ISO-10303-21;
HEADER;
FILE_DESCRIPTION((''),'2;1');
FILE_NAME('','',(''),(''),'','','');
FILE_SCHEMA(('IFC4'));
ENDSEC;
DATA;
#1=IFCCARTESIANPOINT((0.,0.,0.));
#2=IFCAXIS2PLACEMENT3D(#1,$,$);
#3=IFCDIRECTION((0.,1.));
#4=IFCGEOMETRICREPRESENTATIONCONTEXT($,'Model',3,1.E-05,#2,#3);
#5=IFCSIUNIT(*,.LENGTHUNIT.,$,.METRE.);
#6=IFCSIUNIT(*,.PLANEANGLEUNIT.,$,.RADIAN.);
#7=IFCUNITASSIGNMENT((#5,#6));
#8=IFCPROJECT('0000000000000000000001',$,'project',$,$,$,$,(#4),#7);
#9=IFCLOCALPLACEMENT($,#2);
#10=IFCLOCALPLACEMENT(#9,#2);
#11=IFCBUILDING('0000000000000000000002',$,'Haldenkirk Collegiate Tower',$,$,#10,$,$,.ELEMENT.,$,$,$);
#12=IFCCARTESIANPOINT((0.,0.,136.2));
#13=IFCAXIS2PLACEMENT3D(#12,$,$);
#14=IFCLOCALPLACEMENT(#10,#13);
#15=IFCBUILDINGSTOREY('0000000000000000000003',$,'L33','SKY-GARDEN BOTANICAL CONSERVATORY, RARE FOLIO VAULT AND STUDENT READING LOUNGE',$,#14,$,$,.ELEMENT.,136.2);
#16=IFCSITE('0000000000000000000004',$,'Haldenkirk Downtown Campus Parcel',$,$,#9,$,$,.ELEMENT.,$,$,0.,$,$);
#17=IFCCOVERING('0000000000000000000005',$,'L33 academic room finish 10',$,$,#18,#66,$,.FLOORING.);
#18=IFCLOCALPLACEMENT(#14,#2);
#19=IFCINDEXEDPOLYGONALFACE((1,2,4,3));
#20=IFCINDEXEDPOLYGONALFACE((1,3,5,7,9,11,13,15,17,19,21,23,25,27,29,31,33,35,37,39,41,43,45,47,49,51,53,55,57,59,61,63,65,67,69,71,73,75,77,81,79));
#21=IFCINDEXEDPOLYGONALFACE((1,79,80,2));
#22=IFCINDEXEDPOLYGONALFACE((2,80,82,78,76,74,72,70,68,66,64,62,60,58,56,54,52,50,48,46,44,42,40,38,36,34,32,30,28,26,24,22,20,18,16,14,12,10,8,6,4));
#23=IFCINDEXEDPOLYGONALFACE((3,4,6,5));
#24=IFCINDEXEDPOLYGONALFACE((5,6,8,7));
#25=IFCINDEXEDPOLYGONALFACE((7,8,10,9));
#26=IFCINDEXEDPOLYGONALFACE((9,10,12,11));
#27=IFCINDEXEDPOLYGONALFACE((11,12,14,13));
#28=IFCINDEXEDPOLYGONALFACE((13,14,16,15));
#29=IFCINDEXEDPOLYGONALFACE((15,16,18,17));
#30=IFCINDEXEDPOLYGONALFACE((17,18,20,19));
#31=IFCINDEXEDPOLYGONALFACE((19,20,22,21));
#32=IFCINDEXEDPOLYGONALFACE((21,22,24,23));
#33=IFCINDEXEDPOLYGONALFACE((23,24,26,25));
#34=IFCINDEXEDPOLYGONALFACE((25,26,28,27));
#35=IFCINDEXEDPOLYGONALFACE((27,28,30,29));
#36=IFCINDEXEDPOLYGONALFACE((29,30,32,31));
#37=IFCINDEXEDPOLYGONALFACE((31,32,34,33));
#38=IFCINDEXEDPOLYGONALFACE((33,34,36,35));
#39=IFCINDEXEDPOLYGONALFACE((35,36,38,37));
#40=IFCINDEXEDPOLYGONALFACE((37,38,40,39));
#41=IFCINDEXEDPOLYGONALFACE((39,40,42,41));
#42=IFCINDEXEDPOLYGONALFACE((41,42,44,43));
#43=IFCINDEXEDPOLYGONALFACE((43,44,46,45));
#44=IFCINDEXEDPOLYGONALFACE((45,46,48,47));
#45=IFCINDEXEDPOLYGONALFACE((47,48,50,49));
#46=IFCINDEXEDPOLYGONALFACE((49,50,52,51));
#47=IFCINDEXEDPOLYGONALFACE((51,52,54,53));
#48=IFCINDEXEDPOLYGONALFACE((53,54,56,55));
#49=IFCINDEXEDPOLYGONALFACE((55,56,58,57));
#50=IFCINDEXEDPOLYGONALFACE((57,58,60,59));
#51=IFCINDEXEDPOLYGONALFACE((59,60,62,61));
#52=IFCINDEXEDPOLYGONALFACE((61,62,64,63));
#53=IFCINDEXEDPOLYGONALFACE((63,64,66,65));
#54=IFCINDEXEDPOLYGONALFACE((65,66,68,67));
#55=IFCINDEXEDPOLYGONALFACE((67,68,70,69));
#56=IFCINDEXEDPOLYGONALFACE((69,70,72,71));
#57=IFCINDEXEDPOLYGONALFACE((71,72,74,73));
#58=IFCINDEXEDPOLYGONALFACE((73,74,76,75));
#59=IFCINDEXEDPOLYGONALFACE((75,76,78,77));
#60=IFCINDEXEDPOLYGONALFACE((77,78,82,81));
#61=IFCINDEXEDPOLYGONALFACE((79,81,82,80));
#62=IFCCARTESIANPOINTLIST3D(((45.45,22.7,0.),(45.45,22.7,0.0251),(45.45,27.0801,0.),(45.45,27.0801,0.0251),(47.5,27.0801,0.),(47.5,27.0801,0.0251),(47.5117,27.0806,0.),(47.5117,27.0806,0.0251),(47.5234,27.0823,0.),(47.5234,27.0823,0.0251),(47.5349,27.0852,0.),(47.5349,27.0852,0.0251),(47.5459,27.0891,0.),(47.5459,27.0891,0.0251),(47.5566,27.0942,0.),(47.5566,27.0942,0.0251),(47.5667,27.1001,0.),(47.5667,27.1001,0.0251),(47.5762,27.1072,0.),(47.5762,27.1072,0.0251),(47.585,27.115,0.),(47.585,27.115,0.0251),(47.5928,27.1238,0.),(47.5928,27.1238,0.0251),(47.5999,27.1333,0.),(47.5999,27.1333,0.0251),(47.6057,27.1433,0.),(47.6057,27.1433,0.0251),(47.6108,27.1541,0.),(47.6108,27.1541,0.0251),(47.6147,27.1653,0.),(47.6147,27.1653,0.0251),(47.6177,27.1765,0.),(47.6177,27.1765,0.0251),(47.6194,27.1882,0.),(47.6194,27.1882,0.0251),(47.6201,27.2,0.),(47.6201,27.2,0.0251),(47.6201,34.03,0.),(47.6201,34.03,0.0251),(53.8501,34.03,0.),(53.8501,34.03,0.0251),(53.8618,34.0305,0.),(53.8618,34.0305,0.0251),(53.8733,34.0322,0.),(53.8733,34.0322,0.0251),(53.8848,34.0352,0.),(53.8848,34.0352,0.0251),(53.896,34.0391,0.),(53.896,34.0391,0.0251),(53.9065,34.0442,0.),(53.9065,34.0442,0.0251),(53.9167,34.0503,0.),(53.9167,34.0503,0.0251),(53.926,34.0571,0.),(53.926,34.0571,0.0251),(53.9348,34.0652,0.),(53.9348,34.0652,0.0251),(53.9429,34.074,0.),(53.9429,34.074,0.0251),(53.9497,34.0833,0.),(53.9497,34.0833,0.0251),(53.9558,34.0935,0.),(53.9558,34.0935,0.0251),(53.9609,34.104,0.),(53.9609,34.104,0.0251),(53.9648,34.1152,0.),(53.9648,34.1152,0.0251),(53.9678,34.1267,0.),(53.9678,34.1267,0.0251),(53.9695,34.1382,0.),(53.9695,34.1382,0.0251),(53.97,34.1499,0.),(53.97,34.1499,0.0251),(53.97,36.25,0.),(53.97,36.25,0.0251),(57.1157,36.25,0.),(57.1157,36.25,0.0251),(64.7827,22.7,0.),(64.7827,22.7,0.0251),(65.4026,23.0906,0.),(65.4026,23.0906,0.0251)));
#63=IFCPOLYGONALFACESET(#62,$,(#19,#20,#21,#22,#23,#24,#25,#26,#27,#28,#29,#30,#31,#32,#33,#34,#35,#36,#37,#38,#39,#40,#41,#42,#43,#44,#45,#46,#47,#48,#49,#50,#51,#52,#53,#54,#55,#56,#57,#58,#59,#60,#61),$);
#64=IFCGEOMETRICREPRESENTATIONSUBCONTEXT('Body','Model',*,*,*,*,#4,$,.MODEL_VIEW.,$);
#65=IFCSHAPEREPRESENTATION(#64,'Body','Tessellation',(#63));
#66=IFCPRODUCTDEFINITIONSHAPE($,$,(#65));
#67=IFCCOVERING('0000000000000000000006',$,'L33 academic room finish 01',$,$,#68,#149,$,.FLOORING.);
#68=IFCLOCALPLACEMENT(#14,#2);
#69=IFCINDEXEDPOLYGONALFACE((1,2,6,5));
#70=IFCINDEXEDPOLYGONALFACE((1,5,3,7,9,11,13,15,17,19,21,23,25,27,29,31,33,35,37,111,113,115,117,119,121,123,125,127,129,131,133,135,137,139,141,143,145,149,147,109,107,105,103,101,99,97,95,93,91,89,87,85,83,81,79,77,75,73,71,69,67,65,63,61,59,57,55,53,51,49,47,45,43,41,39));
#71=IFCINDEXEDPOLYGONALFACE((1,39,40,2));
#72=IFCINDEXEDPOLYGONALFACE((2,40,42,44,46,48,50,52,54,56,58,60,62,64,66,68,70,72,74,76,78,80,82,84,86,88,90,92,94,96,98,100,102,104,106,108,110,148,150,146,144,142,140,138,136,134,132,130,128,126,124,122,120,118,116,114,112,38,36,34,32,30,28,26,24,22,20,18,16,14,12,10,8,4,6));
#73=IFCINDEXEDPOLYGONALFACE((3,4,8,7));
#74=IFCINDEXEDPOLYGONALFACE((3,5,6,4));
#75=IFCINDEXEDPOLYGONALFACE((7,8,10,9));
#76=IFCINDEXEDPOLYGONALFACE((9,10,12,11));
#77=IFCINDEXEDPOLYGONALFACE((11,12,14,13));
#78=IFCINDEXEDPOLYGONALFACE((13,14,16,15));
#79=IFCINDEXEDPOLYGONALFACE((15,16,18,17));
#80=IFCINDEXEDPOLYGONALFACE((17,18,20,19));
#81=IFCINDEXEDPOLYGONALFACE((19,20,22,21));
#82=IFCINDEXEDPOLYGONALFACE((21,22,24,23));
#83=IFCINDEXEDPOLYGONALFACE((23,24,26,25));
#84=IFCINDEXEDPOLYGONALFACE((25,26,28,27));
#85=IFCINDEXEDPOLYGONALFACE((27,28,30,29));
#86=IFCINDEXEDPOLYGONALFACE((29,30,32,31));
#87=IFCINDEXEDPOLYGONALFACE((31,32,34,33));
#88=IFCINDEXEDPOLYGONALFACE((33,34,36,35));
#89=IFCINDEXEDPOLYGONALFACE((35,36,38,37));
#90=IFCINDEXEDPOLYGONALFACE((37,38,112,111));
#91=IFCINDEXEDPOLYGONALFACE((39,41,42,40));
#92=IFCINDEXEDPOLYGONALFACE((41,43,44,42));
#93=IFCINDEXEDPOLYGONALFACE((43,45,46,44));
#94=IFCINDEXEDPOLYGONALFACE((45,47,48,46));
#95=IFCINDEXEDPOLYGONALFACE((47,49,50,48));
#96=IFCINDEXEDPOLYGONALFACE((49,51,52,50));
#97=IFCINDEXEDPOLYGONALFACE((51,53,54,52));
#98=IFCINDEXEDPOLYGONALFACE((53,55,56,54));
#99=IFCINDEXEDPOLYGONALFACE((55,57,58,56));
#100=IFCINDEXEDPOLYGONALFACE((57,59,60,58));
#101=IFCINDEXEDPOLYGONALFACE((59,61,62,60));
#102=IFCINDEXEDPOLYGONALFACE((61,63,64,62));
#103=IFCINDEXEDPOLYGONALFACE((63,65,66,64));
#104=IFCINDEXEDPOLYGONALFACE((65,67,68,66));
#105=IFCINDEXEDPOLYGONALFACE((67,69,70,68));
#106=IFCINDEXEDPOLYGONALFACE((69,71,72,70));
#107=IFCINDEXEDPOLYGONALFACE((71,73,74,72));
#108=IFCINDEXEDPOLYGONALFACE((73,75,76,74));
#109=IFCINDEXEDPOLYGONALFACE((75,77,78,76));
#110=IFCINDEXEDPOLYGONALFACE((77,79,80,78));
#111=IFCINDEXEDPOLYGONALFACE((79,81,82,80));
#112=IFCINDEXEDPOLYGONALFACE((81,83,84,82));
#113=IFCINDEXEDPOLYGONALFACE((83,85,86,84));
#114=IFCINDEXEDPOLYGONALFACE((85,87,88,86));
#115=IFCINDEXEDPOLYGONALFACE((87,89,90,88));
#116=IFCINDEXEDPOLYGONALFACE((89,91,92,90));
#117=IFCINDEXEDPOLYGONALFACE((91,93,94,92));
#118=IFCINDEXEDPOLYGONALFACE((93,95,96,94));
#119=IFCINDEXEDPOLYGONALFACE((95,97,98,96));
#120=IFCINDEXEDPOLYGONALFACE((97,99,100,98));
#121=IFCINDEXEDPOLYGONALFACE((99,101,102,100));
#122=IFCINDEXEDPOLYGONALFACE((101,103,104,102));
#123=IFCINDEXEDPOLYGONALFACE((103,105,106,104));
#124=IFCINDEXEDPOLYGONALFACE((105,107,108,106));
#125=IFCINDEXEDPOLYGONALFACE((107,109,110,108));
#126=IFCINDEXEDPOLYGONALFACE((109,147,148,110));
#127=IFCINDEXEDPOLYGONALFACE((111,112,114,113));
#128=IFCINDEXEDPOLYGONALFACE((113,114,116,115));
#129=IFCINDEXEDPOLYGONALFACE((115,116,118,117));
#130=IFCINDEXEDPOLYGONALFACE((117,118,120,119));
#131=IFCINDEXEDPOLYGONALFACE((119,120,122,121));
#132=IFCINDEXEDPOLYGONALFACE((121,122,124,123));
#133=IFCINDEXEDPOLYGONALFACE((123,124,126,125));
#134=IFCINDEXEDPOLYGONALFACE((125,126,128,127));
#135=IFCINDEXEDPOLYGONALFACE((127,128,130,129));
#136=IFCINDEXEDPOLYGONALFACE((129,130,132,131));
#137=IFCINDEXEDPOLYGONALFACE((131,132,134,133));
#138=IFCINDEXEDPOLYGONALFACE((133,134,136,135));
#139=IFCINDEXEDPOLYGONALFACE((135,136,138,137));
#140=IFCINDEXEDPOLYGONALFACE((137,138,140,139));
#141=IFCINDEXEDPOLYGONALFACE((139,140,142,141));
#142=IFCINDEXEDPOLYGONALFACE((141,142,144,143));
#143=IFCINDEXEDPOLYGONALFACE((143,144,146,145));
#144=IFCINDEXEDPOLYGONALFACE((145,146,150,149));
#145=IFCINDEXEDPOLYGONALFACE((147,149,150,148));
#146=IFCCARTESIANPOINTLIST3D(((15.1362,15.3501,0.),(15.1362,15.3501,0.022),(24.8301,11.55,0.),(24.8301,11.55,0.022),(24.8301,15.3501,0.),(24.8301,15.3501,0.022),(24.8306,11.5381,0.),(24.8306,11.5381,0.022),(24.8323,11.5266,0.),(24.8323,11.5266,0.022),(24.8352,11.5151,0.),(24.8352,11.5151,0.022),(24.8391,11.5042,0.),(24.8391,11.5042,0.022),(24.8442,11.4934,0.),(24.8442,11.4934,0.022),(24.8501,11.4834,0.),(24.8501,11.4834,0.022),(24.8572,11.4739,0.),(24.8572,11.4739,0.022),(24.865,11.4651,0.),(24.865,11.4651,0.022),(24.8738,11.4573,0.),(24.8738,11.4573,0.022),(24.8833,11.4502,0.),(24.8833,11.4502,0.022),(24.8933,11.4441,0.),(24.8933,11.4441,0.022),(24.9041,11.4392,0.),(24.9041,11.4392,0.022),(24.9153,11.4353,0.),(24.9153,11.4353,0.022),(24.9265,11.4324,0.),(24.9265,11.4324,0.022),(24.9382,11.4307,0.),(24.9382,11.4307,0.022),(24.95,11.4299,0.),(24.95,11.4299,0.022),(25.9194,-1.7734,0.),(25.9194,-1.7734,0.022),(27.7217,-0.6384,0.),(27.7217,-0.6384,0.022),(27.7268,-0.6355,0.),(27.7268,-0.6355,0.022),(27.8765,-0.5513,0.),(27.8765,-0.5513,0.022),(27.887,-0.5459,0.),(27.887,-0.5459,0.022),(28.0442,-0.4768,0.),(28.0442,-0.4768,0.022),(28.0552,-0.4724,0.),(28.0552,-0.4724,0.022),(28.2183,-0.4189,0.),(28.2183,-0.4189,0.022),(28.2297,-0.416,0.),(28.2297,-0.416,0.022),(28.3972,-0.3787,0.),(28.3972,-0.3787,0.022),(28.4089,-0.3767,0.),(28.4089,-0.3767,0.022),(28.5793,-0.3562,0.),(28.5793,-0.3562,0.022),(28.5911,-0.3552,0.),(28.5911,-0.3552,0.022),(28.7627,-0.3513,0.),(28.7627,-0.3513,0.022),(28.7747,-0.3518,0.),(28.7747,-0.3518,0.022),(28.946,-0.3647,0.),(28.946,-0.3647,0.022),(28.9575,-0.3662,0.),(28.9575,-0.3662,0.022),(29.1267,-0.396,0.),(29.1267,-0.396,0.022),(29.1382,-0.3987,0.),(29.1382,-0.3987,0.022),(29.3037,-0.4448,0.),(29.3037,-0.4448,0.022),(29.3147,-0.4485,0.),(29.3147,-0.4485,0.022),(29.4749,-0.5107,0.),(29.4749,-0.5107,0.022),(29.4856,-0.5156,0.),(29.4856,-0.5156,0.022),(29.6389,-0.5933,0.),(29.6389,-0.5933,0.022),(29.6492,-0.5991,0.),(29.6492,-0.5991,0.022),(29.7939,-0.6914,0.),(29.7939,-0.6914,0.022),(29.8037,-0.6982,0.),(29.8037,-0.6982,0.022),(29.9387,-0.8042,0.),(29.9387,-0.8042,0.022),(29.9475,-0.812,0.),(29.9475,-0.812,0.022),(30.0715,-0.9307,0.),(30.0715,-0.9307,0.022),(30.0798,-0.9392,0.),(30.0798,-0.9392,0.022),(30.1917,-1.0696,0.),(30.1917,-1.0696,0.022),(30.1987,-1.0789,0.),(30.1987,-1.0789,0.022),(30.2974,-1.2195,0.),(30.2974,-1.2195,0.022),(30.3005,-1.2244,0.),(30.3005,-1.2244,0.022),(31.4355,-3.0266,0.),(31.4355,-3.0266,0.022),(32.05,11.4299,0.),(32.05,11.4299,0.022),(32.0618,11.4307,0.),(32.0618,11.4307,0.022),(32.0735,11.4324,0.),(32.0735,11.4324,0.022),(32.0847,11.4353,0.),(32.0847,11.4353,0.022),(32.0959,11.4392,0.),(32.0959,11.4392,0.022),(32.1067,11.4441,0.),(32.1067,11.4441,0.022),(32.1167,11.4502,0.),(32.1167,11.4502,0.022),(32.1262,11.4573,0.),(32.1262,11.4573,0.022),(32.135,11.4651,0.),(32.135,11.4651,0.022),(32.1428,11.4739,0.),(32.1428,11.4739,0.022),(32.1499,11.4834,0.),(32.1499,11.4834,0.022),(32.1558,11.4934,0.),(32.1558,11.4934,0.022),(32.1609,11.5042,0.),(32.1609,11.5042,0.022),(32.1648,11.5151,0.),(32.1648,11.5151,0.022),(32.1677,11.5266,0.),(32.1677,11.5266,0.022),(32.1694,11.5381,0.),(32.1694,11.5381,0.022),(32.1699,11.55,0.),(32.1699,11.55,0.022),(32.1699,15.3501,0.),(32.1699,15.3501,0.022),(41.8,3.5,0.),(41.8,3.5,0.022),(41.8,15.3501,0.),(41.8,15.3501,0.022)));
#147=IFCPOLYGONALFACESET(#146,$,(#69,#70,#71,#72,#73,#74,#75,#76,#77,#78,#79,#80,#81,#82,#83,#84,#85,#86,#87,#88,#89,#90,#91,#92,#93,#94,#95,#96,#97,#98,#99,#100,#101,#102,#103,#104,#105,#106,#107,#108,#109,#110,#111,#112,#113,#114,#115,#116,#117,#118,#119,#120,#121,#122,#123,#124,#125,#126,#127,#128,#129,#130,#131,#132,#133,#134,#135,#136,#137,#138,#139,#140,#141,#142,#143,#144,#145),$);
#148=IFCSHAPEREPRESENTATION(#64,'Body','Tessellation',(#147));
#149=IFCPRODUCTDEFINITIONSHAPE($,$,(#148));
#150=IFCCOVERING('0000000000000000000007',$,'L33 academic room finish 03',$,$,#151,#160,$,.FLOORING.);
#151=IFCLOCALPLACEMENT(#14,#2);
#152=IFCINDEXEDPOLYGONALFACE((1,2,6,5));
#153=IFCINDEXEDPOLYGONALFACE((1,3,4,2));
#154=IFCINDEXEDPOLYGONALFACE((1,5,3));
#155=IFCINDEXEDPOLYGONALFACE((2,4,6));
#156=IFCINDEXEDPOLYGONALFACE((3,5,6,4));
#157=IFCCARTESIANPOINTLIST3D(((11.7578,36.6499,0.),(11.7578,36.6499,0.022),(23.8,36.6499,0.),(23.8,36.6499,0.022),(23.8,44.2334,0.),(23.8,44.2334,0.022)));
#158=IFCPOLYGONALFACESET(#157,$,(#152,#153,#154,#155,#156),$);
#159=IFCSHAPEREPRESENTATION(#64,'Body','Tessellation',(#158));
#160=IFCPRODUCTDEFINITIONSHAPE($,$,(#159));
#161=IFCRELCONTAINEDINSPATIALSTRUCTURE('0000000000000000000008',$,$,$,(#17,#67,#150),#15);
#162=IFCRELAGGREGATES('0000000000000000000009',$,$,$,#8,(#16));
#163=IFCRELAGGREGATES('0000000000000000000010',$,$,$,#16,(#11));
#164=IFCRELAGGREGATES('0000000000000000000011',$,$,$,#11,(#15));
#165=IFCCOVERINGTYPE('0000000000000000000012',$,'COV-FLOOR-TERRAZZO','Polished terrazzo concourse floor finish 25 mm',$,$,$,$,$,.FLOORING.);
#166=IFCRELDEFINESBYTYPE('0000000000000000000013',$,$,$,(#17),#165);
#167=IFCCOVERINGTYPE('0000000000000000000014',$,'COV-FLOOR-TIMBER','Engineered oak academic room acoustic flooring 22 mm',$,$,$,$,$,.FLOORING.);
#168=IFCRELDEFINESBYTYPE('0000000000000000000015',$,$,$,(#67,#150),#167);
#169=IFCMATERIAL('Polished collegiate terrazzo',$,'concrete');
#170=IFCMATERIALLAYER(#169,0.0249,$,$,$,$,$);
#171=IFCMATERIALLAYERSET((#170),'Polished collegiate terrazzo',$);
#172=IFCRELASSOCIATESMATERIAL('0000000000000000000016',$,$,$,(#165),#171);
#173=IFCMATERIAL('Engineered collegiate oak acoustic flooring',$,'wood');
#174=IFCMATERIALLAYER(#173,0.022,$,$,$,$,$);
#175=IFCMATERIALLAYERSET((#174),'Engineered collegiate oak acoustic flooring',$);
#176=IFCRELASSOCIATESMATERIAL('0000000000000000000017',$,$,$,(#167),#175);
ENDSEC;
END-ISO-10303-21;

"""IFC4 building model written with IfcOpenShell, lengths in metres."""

from ifc_helpers import new_model, si_unit, direction, frame, origin, place, context, subcontext, project, spatial, polyline, outline, extrude, material, layer, layer_set, type_object, element, save


model = new_model("IFC4")

# Units and contexts
model_context = context("Model", 3, precision=1e-05, world=origin(), true_north=direction((0.0, 1.0)))
body_context = subcontext(model_context, "Body", "Model", "MODEL_VIEW")
ifc_project = project(units=[si_unit("LENGTHUNIT", "METRE"), si_unit("PLANEANGLEUNIT", "RADIAN")], contexts=[model_context])

# Site, building, storey
site_placement = place(None, origin())
site = spatial("IfcSite", under=ifc_project, at=site_placement, Name="Haldenkirk Downtown Campus Parcel", CompositionType="ELEMENT", RefElevation=0.0)
building_placement = place(site_placement, origin())
building = spatial("IfcBuilding", under=site, at=building_placement, Name="Haldenkirk Collegiate Tower", CompositionType="ELEMENT")
storey_placement = place(building_placement, frame((0.0, 0.0, 136.2)))
storey = spatial("IfcBuildingStorey", under=building, at=storey_placement, Name="L33", Description="SKY-GARDEN BOTANICAL CONSERVATORY, RARE FOLIO VAULT AND STUDENT READING LOUNGE", CompositionType="ELEMENT", Elevation=136.2)

# Coverings
ifc_material_1 = material(Name="Polished collegiate terrazzo", Category="concrete")
ifc_layer_1 = layer(ifc_material_1, 0.0249)
ifc_layer_set_1 = layer_set([ifc_layer_1], Name="Polished collegiate terrazzo")
covering_type_1 = type_object("IfcCoveringType", Name="COV-FLOOR-TERRAZZO", Description="Polished terrazzo concourse floor finish 25 mm", PredefinedType="FLOORING", material=ifc_layer_set_1)
covering_1_placement = place(storey_placement, origin())
element("IfcCovering", 1, at=covering_1_placement, inside=storey, type_object=covering_type_1, Name="L33 academic room finish 10", PredefinedType="FLOORING", context=body_context, shape_type="SweptSolid", body=[
    extrude(outline(polyline([(64.7827, 22.7), (45.45, 22.7), (45.45, 27.0801), (47.5, 27.0801), (47.5117, 27.0806), (47.5234, 27.0823), (47.5349, 27.0852), (47.5459, 27.0891), (47.5566, 27.0942), (47.5667, 27.1001), (47.5762, 27.1072), (47.585, 27.115), (47.5928, 27.1238), (47.5999, 27.1333), (47.6057, 27.1433), (47.6108, 27.1541), (47.6147, 27.1653), (47.6177, 27.1765), (47.6194, 27.1882), (47.6201, 27.2), (47.6201, 34.03), (53.8501, 34.03), (53.8618, 34.0305), (53.8733, 34.0322), (53.8848, 34.0352), (53.896, 34.0391), (53.9065, 34.0442), (53.9167, 34.0503), (53.926, 34.0571), (53.9348, 34.0652), (53.9429, 34.074), (53.9497, 34.0833), (53.9558, 34.0935), (53.9609, 34.104), (53.9648, 34.1152), (53.9678, 34.1267), (53.9695, 34.1382), (53.97, 34.1499), (53.97, 36.25), (57.1157, 36.25), (65.4026, 23.0906), (64.7827, 22.7)])), origin(), (0.0, 0.0, 1.0), 0.0251),
])
ifc_material_2 = material(Name="Engineered collegiate oak acoustic flooring", Category="wood")
ifc_layer_2 = layer(ifc_material_2, 0.022)
ifc_layer_set_2 = layer_set([ifc_layer_2], Name="Engineered collegiate oak acoustic flooring")
covering_type_2 = type_object("IfcCoveringType", Name="COV-FLOOR-TIMBER", Description="Engineered oak academic room acoustic flooring 22 mm", PredefinedType="FLOORING", material=ifc_layer_set_2)
covering_2_placement = place(storey_placement, origin())
element("IfcCovering", 2, at=covering_2_placement, inside=storey, type_object=covering_type_2, Name="L33 academic room finish 01", PredefinedType="FLOORING", context=body_context, shape_type="SweptSolid", body=[
    extrude(outline(polyline([(29.8037, -0.6982), (29.7939, -0.6914), (29.6492, -0.5991), (29.6389, -0.5933), (29.4856, -0.5156), (29.4749, -0.5107), (29.3147, -0.4485), (29.3037, -0.4448), (29.1382, -0.3987), (29.1267, -0.396), (28.9575, -0.3662), (28.946, -0.3647), (28.7747, -0.3518), (28.7627, -0.3513), (28.5911, -0.3552), (28.5793, -0.3562), (28.4089, -0.3767), (28.3972, -0.3787), (28.2297, -0.416), (28.2183, -0.4189), (28.0552, -0.4724), (28.0442, -0.4768), (27.887, -0.5459), (27.8765, -0.5513), (27.7268, -0.6355), (27.7217, -0.6384), (25.9194, -1.7734), (15.1362, 15.3501), (24.8301, 15.3501), (24.8301, 11.55), (24.8306, 11.5381), (24.8323, 11.5266), (24.8352, 11.5151), (24.8391, 11.5042), (24.8442, 11.4934), (24.8501, 11.4834), (24.8572, 11.4739), (24.865, 11.4651), (24.8738, 11.4573), (24.8833, 11.4502), (24.8933, 11.4441), (24.9041, 11.4392), (24.9153, 11.4353), (24.9265, 11.4324), (24.9382, 11.4307), (24.95, 11.4299), (32.05, 11.4299), (32.0618, 11.4307), (32.0735, 11.4324), (32.0847, 11.4353), (32.0959, 11.4392), (32.1067, 11.4441), (32.1167, 11.4502), (32.1262, 11.4573), (32.135, 11.4651), (32.1428, 11.4739), (32.1499, 11.4834), (32.1558, 11.4934), (32.1609, 11.5042), (32.1648, 11.5151), (32.1677, 11.5266), (32.1694, 11.5381), (32.1699, 11.55), (32.1699, 15.3501), (41.8, 15.3501), (41.8, 3.5), (31.4355, -3.0266), (30.3005, -1.2244), (30.2974, -1.2195), (30.1987, -1.0789), (30.1917, -1.0696), (30.0798, -0.9392), (30.0715, -0.9307), (29.9475, -0.812), (29.9387, -0.8042), (29.8037, -0.6982)])), origin(), (0.0, 0.0, 1.0), 0.022),
])
covering_3_placement = place(storey_placement, origin())
element("IfcCovering", 3, at=covering_3_placement, inside=storey, type_object=covering_type_2, Name="L33 academic room finish 03", PredefinedType="FLOORING", context=body_context, shape_type="SweptSolid", body=[
    extrude(outline(polyline([(23.8, 44.2334), (23.8, 36.6499), (11.7578, 36.6499), (23.8, 44.2334)])), origin(), (0.0, 0.0, 1.0), 0.022),
])

save(model, "model.ifc")
